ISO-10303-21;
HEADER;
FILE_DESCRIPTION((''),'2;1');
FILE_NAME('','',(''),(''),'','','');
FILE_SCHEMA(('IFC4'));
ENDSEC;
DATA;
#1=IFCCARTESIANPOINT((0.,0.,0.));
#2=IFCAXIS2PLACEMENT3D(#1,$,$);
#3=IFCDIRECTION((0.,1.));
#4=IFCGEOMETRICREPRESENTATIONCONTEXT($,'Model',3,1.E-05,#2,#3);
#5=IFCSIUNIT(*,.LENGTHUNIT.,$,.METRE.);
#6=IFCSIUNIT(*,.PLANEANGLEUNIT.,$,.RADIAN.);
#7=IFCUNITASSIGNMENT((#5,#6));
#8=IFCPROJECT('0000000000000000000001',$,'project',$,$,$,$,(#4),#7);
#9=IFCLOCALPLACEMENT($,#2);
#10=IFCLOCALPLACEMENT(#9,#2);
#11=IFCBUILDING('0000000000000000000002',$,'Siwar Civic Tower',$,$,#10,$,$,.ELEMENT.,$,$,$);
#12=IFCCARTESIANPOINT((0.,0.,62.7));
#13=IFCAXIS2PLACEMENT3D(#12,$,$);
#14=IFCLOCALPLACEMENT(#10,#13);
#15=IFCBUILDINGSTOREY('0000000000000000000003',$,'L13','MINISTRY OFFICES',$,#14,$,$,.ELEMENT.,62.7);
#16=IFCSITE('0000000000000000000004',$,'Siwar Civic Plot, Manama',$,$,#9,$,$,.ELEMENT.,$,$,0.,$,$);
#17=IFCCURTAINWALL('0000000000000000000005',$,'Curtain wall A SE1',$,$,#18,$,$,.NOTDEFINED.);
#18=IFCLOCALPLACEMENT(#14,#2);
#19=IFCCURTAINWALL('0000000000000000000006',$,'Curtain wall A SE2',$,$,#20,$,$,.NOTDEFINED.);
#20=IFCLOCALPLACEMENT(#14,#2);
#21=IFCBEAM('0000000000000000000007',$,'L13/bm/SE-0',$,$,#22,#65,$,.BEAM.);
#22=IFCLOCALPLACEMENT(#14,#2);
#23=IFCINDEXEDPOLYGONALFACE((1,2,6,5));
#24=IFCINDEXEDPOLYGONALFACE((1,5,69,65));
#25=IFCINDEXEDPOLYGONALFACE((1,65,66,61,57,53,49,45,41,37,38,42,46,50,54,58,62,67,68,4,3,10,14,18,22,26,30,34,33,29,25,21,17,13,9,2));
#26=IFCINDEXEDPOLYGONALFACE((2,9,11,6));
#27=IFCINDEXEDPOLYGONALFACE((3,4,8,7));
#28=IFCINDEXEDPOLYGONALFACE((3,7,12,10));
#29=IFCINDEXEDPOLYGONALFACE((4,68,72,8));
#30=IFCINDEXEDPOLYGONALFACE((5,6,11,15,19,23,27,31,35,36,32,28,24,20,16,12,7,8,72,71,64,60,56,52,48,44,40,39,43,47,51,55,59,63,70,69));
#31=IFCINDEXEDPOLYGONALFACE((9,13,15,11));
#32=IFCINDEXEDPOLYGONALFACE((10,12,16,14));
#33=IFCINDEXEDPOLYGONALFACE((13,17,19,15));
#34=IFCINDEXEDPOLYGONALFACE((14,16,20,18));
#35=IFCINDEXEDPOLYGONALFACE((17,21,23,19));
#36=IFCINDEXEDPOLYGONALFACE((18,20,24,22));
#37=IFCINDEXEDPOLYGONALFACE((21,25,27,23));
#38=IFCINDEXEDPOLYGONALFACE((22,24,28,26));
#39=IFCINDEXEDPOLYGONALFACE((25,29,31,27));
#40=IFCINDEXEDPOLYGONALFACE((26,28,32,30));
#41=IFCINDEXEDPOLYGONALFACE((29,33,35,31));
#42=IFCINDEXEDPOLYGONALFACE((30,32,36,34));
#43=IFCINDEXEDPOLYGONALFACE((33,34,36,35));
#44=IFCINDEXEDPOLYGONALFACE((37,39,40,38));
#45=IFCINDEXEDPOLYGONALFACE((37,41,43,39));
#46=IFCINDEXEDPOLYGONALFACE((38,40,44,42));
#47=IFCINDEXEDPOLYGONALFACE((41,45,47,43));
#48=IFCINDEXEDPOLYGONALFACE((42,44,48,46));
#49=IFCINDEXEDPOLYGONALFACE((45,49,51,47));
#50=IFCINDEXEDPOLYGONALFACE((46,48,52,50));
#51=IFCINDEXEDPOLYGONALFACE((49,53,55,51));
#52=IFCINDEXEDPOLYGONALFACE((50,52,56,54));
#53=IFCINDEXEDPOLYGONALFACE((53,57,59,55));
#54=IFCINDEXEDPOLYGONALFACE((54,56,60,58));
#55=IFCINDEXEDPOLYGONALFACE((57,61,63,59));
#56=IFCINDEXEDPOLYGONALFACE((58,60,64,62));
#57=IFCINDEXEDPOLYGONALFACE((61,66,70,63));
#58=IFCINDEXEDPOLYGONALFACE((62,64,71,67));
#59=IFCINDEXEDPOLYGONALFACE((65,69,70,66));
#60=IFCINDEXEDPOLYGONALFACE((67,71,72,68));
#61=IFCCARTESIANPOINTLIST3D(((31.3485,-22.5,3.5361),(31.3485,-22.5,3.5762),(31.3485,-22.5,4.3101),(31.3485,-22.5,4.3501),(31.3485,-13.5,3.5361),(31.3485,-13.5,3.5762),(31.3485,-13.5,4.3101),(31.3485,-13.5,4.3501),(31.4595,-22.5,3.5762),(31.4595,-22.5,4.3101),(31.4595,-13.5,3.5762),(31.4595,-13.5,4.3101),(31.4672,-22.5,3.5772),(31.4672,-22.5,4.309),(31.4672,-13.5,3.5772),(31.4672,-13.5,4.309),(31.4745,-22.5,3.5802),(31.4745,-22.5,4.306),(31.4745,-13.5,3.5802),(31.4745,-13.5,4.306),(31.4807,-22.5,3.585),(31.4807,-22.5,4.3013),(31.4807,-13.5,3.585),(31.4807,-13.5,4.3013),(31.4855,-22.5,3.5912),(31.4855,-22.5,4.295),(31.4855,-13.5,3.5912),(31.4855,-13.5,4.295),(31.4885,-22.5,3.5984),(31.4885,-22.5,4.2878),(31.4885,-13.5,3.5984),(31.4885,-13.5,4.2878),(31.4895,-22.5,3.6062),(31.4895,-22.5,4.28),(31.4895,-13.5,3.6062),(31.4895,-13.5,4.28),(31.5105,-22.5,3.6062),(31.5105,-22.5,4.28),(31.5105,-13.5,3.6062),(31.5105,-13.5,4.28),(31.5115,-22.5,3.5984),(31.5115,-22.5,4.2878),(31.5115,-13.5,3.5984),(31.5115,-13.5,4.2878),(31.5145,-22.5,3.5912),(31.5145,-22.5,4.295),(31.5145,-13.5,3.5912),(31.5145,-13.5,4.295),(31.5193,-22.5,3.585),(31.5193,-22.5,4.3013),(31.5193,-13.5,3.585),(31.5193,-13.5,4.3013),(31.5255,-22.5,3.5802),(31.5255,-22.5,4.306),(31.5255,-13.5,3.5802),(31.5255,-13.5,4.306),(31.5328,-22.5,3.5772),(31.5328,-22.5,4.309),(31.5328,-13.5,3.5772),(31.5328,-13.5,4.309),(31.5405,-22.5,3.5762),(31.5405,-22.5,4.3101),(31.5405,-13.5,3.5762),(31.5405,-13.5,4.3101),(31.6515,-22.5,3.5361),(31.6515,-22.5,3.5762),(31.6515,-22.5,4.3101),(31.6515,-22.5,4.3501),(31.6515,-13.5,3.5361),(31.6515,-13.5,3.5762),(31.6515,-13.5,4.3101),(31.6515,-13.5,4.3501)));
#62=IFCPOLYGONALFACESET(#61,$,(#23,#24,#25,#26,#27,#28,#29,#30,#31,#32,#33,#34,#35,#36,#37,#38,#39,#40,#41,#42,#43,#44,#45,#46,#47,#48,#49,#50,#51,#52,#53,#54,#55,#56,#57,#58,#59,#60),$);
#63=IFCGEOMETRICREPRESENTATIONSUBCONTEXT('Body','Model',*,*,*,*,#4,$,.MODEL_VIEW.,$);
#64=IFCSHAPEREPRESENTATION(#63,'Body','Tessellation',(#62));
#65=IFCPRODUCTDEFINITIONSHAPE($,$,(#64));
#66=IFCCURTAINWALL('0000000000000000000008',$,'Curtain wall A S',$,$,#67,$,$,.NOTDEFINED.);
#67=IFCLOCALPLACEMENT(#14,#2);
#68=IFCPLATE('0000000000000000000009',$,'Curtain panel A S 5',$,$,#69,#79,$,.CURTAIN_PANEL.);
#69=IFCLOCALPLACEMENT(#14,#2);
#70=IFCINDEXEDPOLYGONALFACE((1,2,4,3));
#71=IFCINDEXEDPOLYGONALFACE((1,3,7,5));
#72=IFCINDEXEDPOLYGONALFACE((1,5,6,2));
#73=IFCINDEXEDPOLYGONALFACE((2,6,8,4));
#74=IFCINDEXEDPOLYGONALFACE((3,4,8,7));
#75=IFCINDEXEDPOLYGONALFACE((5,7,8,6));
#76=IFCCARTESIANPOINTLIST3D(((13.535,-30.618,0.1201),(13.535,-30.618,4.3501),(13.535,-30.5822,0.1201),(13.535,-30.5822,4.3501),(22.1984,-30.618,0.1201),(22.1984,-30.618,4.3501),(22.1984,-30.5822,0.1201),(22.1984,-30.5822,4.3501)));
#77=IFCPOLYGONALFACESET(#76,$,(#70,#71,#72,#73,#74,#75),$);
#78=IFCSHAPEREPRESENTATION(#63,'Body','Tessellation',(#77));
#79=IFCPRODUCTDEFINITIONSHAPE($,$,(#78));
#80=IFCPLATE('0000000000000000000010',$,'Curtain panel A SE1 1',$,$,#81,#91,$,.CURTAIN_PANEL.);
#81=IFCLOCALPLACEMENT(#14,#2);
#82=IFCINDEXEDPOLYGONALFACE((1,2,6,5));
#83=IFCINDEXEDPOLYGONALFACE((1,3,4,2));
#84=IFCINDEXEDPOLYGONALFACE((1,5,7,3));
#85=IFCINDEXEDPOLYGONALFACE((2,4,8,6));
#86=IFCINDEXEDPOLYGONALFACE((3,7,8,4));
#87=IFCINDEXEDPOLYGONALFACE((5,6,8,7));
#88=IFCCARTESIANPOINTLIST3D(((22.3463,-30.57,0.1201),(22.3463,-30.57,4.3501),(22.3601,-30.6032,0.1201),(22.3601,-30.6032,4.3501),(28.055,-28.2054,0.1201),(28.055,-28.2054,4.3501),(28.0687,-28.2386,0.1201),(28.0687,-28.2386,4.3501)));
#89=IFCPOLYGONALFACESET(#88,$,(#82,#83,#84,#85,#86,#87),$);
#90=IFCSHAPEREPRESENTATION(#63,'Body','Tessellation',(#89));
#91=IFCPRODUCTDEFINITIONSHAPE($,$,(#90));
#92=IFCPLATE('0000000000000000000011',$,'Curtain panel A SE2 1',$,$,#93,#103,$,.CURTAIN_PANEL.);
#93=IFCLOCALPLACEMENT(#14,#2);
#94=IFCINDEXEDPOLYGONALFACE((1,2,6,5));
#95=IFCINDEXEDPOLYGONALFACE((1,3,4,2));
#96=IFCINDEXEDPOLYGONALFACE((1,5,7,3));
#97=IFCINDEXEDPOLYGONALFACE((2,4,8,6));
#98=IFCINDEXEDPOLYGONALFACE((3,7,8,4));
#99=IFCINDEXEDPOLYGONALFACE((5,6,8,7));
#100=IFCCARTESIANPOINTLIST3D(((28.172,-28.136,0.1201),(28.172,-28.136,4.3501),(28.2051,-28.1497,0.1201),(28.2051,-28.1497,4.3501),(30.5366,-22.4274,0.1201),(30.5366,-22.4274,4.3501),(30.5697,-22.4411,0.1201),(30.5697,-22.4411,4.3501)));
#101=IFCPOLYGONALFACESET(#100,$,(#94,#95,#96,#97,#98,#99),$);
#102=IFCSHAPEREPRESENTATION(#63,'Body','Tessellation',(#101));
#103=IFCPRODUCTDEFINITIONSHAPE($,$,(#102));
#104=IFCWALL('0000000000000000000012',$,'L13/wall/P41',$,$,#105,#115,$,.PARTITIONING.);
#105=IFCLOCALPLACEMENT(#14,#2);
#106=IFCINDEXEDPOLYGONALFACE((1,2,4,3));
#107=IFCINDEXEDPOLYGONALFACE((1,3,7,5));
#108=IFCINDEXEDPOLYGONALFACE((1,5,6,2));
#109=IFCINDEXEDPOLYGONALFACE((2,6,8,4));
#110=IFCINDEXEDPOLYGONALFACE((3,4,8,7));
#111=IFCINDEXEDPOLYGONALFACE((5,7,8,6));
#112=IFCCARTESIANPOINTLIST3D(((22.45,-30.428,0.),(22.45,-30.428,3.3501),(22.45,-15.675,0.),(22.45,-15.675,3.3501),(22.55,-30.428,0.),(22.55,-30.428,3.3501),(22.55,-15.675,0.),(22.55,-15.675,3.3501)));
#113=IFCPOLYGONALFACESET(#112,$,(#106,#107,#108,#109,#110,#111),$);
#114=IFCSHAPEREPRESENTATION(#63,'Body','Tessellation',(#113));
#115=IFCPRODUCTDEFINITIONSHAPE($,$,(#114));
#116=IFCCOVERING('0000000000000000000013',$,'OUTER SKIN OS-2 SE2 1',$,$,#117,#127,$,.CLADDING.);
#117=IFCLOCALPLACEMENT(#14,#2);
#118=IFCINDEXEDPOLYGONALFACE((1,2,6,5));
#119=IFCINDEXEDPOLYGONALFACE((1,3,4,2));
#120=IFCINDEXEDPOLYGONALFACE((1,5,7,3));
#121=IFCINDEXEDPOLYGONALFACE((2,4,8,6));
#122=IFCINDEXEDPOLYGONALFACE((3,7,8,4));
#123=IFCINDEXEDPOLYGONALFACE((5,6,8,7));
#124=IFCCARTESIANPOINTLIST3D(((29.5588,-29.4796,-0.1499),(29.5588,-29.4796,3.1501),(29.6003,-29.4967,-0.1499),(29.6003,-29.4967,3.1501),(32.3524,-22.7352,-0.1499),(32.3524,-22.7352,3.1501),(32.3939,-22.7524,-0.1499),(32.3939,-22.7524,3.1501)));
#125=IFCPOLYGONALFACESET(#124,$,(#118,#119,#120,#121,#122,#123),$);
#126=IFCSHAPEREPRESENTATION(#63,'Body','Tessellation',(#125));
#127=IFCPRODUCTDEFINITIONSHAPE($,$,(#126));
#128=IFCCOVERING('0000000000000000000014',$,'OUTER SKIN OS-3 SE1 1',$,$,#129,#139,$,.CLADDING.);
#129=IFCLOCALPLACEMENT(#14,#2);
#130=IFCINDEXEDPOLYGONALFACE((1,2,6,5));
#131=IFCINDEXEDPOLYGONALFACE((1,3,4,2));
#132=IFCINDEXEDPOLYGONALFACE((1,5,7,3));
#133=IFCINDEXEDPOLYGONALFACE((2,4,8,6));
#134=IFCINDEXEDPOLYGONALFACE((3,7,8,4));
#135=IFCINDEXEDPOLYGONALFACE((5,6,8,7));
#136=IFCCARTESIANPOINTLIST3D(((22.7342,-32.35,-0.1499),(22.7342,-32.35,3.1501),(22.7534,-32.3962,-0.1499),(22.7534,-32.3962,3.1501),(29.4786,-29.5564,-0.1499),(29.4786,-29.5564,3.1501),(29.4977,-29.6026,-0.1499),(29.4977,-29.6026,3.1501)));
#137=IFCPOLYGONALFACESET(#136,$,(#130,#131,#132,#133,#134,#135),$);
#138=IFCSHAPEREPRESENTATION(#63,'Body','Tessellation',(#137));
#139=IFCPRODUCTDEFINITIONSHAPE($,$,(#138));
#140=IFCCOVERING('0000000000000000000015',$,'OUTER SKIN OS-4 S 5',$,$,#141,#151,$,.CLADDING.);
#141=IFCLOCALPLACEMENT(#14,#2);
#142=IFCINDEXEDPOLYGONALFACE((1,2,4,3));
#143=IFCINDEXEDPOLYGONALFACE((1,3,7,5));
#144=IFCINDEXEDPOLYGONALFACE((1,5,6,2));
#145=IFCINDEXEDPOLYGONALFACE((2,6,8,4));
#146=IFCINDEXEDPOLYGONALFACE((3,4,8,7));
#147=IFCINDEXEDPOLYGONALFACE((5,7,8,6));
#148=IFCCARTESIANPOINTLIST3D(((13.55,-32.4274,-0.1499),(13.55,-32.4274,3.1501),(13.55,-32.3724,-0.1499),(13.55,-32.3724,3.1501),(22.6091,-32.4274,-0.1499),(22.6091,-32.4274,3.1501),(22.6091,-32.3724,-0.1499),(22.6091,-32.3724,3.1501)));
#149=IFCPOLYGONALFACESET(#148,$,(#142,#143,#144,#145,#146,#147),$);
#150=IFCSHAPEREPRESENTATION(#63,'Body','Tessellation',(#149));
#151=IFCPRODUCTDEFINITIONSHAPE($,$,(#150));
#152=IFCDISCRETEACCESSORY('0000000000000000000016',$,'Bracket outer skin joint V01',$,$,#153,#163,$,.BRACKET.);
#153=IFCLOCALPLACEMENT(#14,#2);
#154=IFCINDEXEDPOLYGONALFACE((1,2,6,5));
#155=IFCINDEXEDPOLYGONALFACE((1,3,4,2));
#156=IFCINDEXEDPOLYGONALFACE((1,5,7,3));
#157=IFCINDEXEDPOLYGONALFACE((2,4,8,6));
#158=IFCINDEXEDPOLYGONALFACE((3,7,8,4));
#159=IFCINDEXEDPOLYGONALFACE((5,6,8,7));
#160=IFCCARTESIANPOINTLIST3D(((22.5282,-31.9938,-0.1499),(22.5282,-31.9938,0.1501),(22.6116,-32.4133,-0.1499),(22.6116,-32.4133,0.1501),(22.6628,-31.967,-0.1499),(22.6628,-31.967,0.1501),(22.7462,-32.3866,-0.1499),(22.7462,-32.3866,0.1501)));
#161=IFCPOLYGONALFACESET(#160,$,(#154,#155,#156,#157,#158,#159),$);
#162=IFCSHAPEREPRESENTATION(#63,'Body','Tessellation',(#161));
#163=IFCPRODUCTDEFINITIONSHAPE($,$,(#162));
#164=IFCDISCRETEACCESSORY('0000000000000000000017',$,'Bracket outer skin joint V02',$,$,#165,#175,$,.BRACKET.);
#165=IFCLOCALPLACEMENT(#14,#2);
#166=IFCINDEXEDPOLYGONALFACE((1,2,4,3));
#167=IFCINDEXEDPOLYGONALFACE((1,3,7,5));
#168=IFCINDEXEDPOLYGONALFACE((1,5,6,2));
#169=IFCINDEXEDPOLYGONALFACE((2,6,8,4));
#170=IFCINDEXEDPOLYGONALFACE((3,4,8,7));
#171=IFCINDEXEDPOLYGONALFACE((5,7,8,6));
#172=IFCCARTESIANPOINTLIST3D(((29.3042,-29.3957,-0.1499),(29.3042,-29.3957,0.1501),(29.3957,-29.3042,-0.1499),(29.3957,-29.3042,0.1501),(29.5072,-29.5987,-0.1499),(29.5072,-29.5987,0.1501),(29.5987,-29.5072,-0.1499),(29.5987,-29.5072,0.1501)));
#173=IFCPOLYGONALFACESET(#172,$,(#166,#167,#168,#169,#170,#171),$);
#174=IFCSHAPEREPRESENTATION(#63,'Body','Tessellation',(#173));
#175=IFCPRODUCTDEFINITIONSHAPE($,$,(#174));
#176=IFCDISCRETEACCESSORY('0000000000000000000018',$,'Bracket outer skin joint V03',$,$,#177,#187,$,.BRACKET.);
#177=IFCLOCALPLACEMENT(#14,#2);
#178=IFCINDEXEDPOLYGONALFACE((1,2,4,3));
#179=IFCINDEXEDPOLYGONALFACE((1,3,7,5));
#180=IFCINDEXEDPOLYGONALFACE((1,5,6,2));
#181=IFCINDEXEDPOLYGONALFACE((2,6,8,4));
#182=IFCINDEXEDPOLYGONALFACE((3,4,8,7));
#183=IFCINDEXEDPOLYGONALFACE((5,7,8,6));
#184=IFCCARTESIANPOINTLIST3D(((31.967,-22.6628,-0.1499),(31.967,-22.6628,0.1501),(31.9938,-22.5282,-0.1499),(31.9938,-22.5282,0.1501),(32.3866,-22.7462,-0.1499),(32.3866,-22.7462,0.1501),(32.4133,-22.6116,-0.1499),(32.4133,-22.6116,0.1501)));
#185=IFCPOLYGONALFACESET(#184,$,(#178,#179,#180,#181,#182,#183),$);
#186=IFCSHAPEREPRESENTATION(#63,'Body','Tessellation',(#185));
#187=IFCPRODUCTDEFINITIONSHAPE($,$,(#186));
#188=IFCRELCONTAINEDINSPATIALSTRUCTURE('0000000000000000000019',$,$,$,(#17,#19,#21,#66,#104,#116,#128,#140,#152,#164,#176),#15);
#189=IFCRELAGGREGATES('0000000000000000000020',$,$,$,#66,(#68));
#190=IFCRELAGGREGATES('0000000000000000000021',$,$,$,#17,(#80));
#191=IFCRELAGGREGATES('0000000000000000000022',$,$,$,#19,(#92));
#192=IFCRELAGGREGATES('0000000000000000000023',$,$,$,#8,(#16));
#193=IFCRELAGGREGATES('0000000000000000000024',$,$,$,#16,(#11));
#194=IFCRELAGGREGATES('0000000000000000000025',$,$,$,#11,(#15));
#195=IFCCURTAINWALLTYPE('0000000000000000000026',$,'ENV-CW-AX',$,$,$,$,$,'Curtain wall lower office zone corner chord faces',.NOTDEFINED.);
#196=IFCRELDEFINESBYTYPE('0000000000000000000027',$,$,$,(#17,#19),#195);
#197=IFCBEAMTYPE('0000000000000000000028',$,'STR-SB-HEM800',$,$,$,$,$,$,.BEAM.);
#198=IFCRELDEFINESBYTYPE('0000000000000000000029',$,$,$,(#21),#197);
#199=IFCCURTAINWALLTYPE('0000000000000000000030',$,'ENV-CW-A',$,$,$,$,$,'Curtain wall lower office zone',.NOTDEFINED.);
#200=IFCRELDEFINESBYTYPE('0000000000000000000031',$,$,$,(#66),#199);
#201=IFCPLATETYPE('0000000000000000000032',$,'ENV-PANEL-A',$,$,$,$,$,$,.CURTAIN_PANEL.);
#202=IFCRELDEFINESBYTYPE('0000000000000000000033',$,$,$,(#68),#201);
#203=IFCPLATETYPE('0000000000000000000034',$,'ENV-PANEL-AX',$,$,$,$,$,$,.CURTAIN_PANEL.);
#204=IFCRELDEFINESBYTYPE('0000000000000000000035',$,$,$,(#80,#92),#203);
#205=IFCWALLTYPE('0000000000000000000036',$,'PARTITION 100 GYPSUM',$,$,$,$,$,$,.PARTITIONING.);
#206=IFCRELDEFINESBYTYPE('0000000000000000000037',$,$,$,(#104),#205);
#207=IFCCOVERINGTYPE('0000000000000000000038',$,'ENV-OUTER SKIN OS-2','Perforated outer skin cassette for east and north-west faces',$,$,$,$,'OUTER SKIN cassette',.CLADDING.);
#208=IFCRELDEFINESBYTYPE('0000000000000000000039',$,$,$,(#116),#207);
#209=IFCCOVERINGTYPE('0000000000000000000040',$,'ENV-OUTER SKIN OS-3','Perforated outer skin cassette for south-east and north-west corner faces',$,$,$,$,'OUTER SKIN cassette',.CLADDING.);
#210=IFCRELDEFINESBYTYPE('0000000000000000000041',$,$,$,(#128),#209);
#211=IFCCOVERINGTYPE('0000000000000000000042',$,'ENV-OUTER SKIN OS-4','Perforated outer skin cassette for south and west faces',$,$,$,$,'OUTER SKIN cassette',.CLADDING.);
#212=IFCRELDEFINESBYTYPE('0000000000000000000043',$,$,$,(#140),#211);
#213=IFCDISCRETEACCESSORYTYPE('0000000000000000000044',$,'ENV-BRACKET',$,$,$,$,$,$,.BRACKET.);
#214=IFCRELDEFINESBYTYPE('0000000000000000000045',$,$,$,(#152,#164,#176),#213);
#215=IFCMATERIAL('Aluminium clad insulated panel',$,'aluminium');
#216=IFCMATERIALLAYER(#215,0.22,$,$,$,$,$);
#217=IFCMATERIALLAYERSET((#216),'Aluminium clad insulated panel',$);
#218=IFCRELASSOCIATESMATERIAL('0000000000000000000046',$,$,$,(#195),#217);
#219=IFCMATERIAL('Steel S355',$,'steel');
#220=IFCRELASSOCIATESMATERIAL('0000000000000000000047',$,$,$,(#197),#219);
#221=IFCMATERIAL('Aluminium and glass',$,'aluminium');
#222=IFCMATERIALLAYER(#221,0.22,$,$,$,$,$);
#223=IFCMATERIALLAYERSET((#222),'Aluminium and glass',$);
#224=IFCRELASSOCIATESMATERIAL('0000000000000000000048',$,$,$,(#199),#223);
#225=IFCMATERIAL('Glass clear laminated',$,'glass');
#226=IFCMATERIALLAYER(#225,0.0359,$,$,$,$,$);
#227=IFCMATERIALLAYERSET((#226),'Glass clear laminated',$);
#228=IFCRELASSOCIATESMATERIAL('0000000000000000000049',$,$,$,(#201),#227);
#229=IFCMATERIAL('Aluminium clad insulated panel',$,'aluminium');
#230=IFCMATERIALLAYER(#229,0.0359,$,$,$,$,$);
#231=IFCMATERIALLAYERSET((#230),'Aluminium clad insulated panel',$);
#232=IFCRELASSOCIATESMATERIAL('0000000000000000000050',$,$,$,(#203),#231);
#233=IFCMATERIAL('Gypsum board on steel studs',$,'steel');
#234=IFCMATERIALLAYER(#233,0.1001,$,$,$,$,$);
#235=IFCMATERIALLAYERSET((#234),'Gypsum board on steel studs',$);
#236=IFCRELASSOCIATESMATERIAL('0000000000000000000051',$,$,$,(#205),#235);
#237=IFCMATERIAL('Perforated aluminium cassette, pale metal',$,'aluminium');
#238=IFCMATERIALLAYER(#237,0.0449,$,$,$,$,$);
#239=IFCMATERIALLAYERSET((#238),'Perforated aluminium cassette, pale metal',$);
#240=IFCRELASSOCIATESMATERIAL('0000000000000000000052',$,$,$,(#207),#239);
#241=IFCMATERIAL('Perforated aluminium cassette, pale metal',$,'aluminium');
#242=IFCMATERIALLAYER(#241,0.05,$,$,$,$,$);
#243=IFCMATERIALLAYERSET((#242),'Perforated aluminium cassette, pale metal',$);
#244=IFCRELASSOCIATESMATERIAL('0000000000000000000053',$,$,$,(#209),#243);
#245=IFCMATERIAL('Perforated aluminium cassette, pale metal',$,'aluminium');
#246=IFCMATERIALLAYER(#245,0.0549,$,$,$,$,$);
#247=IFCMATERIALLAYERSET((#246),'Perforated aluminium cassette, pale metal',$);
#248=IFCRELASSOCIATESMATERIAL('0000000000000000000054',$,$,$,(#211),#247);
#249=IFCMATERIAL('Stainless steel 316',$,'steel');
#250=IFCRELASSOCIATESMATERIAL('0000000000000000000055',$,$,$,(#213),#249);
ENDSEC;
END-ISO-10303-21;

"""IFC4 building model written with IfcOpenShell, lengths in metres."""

from ifc_helpers import new_model, si_unit, direction, frame, frame_2d, origin, origin_2d, place, context, subcontext, project, spatial, rectangle, i_section, extrude, material, layer, layer_set, material_profile, profile_set, type_object, element, aggregate, save


model = new_model("IFC4")

# Units and contexts
model_context = context("Model", 3, precision=1e-05, world=origin(), true_north=direction((0.0, 1.0)))
body_context = subcontext(model_context, "Body", "Model", "MODEL_VIEW")
ifc_project = project(units=[si_unit("LENGTHUNIT", "METRE"), si_unit("PLANEANGLEUNIT", "RADIAN")], contexts=[model_context])

# Site, building, storey
site_placement = place(None, origin())
site = spatial("IfcSite", under=ifc_project, at=site_placement, Name="Siwar Civic Plot, Manama", CompositionType="ELEMENT", RefElevation=0.0)
building_placement = place(site_placement, origin())
building = spatial("IfcBuilding", under=site, at=building_placement, Name="Siwar Civic Tower", CompositionType="ELEMENT")
storey_placement = place(building_placement, frame((0.0, 0.0, 62.7)))
storey = spatial("IfcBuildingStorey", under=building, at=storey_placement, Name="L13", Description="MINISTRY OFFICES", CompositionType="ELEMENT", Elevation=62.7)

# Curtain walls
ifc_material_1 = material(Name="Aluminium clad insulated panel", Category="aluminium")
ifc_layer_1 = layer(ifc_material_1, 0.22)
ifc_layer_set_1 = layer_set([ifc_layer_1], Name="Aluminium clad insulated panel")
curtain_wall_type_1 = type_object("IfcCurtainWallType", Name="ENV-CW-AX", ElementType="Curtain wall lower office zone corner chord faces", PredefinedType="NOTDEFINED", material=ifc_layer_set_1)
curtain_wall_1_placement = place(storey_placement, origin())
curtain_wall_1 = element("IfcCurtainWall", 1, at=curtain_wall_1_placement, inside=storey, type_object=curtain_wall_type_1, Name="Curtain wall A SE1", PredefinedType="NOTDEFINED")
curtain_wall_2_placement = place(storey_placement, origin())
curtain_wall_2 = element("IfcCurtainWall", 2, at=curtain_wall_2_placement, inside=storey, type_object=curtain_wall_type_1, Name="Curtain wall A SE2", PredefinedType="NOTDEFINED")

# Beam
ifc_material_2 = material(Name="Steel S355", Category="steel")
ifc_material_profile_1 = material_profile(ifc_material_2, i_section(OverallWidth=0.303, OverallDepth=0.814, WebThickness=0.021, FlangeThickness=0.04, FilletRadius=0.03, at=origin_2d()), Name="HEM800")
ifc_profile_set_1 = profile_set([ifc_material_profile_1], Name="Steel S355")
beam_type_1 = type_object("IfcBeamType", Name="STR-SB-HEM800", PredefinedType="BEAM", material=ifc_profile_set_1)
beam_1_placement = place(storey_placement, frame((31.5, -22.5, 3.9431), z_axis=(0.0, 1.0, 0.0), x_axis=(-1.0, 0.0, 0.0)))
element("IfcBeam", 3, at=beam_1_placement, inside=storey, type_object=beam_type_1, Name="L13/bm/SE-0", PredefinedType="BEAM", context=body_context, shape_type="SweptSolid", body=[
    extrude(i_section(OverallWidth=0.303, OverallDepth=0.814, WebThickness=0.021, FlangeThickness=0.04, FilletRadius=0.03, at=origin_2d()), origin(), (0.0, 0.0, 1.0), 9.0),
])

# Curtain wall, plate
ifc_material_3 = material(Name="Aluminium and glass", Category="aluminium")
ifc_layer_2 = layer(ifc_material_3, 0.22)
ifc_layer_set_2 = layer_set([ifc_layer_2], Name="Aluminium and glass")
curtain_wall_type_2 = type_object("IfcCurtainWallType", Name="ENV-CW-A", ElementType="Curtain wall lower office zone", PredefinedType="NOTDEFINED", material=ifc_layer_set_2)
curtain_wall_3_placement = place(storey_placement, origin())
curtain_wall_3 = element("IfcCurtainWall", 4, at=curtain_wall_3_placement, inside=storey, type_object=curtain_wall_type_2, Name="Curtain wall A S", PredefinedType="NOTDEFINED")
ifc_material_4 = material(Name="Glass clear laminated", Category="glass")
ifc_layer_3 = layer(ifc_material_4, 0.0359)
ifc_layer_set_3 = layer_set([ifc_layer_3], Name="Glass clear laminated")
plate_type_1 = type_object("IfcPlateType", Name="ENV-PANEL-A", PredefinedType="CURTAIN_PANEL", material=ifc_layer_set_3)
plate_1_placement = place(storey_placement, frame((17.8667, -30.6001, 0.1201), z_axis=(0.0, 0.0, 1.0), x_axis=(1.0, 0.0, 0.0)))
plate_1 = element("IfcPlate", 5, at=plate_1_placement, type_object=plate_type_1, Name="Curtain panel A S 5", PredefinedType="CURTAIN_PANEL", context=body_context, shape_type="SweptSolid", body=[
    extrude(rectangle(XDim=8.6633, YDim=0.0359, at=origin_2d()), origin(), (0.0, 0.0, 1.0), 4.23),
])
aggregate(curtain_wall_3, [plate_1])

# Plates
ifc_material_5 = material(Name="Aluminium clad insulated panel", Category="aluminium")
ifc_layer_4 = layer(ifc_material_5, 0.0359)
ifc_layer_set_4 = layer_set([ifc_layer_4], Name="Aluminium clad insulated panel")
plate_type_2 = type_object("IfcPlateType", Name="ENV-PANEL-AX", PredefinedType="CURTAIN_PANEL", material=ifc_layer_set_4)
plate_2_placement = place(storey_placement, frame((25.2075, -29.4043, 0.1201), z_axis=(0.0, 0.0, 1.0), x_axis=(0.92388, 0.382683, 0.0)))
plate_2 = element("IfcPlate", 6, at=plate_2_placement, type_object=plate_type_2, Name="Curtain panel A SE1 1", PredefinedType="CURTAIN_PANEL", context=body_context, shape_type="SweptSolid", body=[
    extrude(rectangle(XDim=6.179, YDim=0.0359, at=origin_2d()), origin(), (0.0, 0.0, 1.0), 4.23),
])
aggregate(curtain_wall_1, [plate_2])
plate_3_placement = place(storey_placement, frame((29.3708, -25.2886, 0.1201), z_axis=(0.0, 0.0, 1.0), x_axis=(0.382683, 0.92388, 0.0)))
plate_3 = element("IfcPlate", 7, at=plate_3_placement, type_object=plate_type_2, Name="Curtain panel A SE2 1", PredefinedType="CURTAIN_PANEL", context=body_context, shape_type="SweptSolid", body=[
    extrude(rectangle(XDim=6.179, YDim=0.0359, at=origin_2d()), origin(), (0.0, 0.0, 1.0), 4.23),
])
aggregate(curtain_wall_2, [plate_3])

# Wall
ifc_material_6 = material(Name="Gypsum board on steel studs", Category="steel")
ifc_layer_5 = layer(ifc_material_6, 0.1001)
ifc_layer_set_5 = layer_set([ifc_layer_5], Name="Gypsum board on steel studs")
wall_type = type_object("IfcWallType", Name="PARTITION 100 GYPSUM", PredefinedType="PARTITIONING", material=ifc_layer_set_5)
wall_placement = place(storey_placement, frame((22.5, -30.428, 0.0), z_axis=(0.0, 0.0, 1.0), x_axis=(0.0, 1.0, 0.0)))
element("IfcWall", 8, at=wall_placement, inside=storey, type_object=wall_type, Name="L13/wall/P41", PredefinedType="PARTITIONING", context=body_context, shape_type="SweptSolid", body=[
    extrude(rectangle(XDim=14.7529, YDim=0.1001, at=frame_2d((7.3765, 0.0))), origin(), (0.0, 0.0, 1.0), 3.3501),
])

# Coverings
ifc_material_7 = material(Name="Perforated aluminium cassette, pale metal", Category="aluminium")
ifc_layer_6 = layer(ifc_material_7, 0.0449)
ifc_layer_set_6 = layer_set([ifc_layer_6], Name="Perforated aluminium cassette, pale metal")
covering_type_1 = type_object("IfcCoveringType", Name="ENV-OUTER SKIN OS-2", Description="Perforated outer skin cassette for east and north-west faces", ElementType="OUTER SKIN cassette", PredefinedType="CLADDING", material=ifc_layer_set_6)
covering_1_placement = place(storey_placement, frame((30.9763, -26.116, -0.1499), z_axis=(0.0, 0.0, 1.0), x_axis=(0.382683, 0.92388, 0.0)))
element("IfcCovering", 9, at=covering_1_placement, inside=storey, type_object=covering_type_1, Name="OUTER SKIN OS-2 SE2 1", PredefinedType="CLADDING", context=body_context, shape_type="SweptSolid", body=[
    extrude(rectangle(XDim=7.3, YDim=0.0449, at=origin_2d()), origin(), (0.0, 0.0, 1.0), 3.3),
])
ifc_material_8 = material(Name="Perforated aluminium cassette, pale metal", Category="aluminium")
ifc_layer_7 = layer(ifc_material_8, 0.05)
ifc_layer_set_7 = layer_set([ifc_layer_7], Name="Perforated aluminium cassette, pale metal")
covering_type_2 = type_object("IfcCoveringType", Name="ENV-OUTER SKIN OS-3", Description="Perforated outer skin cassette for south-east and north-west corner faces", ElementType="OUTER SKIN cassette", PredefinedType="CLADDING", material=ifc_layer_set_7)
covering_2_placement = place(storey_placement, frame((26.116, -30.9763, -0.1499), z_axis=(0.0, 0.0, 1.0), x_axis=(0.92388, 0.382683, 0.0)))
element("IfcCovering", 10, at=covering_2_placement, inside=storey, type_object=covering_type_2, Name="OUTER SKIN OS-3 SE1 1", PredefinedType="CLADDING", context=body_context, shape_type="SweptSolid", body=[
    extrude(rectangle(XDim=7.3, YDim=0.05, at=origin_2d()), origin(), (0.0, 0.0, 1.0), 3.3),
])
ifc_material_9 = material(Name="Perforated aluminium cassette, pale metal", Category="aluminium")
ifc_layer_8 = layer(ifc_material_9, 0.0549)
ifc_layer_set_8 = layer_set([ifc_layer_8], Name="Perforated aluminium cassette, pale metal")
covering_type_3 = type_object("IfcCoveringType", Name="ENV-OUTER SKIN OS-4", Description="Perforated outer skin cassette for south and west faces", ElementType="OUTER SKIN cassette", PredefinedType="CLADDING", material=ifc_layer_set_8)
covering_3_placement = place(storey_placement, frame((18.0796, -32.3999, -0.1499), z_axis=(0.0, 0.0, 1.0), x_axis=(1.0, 0.0, 0.0)))
element("IfcCovering", 11, at=covering_3_placement, inside=storey, type_object=covering_type_3, Name="OUTER SKIN OS-4 S 5", PredefinedType="CLADDING", context=body_context, shape_type="SweptSolid", body=[
    extrude(rectangle(XDim=9.0591, YDim=0.0549, at=origin_2d()), origin(), (0.0, 0.0, 1.0), 3.3),
])

# Discrete accessories
ifc_material_10 = material(Name="Stainless steel 316", Category="steel")
discrete_accessory_type = type_object("IfcDiscreteAccessoryType", Name="ENV-BRACKET", PredefinedType="BRACKET", material=ifc_material_10)
discrete_accessory_1_placement = place(storey_placement, frame((22.6372, -32.1902, -0.1499), z_axis=(0.0, 0.0, 1.0), x_axis=(0.19509, -0.980785, 0.0)))
element("IfcDiscreteAccessory", 12, at=discrete_accessory_1_placement, inside=storey, type_object=discrete_accessory_type, Name="Bracket outer skin joint V01", PredefinedType="BRACKET", context=body_context, shape_type="SweptSolid", body=[
    extrude(rectangle(XDim=0.4277, YDim=0.1372, at=origin_2d()), origin(), (0.0, 0.0, 1.0), 0.3),
])
discrete_accessory_2_placement = place(storey_placement, frame((29.4514, -29.4514, -0.1499), z_axis=(0.0, 0.0, 1.0), x_axis=(0.707107, -0.707107, 0.0)))
element("IfcDiscreteAccessory", 13, at=discrete_accessory_2_placement, inside=storey, type_object=discrete_accessory_type, Name="Bracket outer skin joint V02", PredefinedType="BRACKET", context=body_context, shape_type="SweptSolid", body=[
    extrude(rectangle(XDim=0.2871, YDim=0.1294, at=origin_2d()), origin(), (0.0, 0.0, 1.0), 0.3),
])
discrete_accessory_3_placement = place(storey_placement, frame((32.1902, -22.6372, -0.1499), z_axis=(0.0, 0.0, 1.0), x_axis=(0.980785, -0.19509, 0.0)))
element("IfcDiscreteAccessory", 14, at=discrete_accessory_3_placement, inside=storey, type_object=discrete_accessory_type, Name="Bracket outer skin joint V03", PredefinedType="BRACKET", context=body_context, shape_type="SweptSolid", body=[
    extrude(rectangle(XDim=0.4277, YDim=0.1372, at=origin_2d()), origin(), (0.0, 0.0, 1.0), 0.3),
])

save(model, "model.ifc")
